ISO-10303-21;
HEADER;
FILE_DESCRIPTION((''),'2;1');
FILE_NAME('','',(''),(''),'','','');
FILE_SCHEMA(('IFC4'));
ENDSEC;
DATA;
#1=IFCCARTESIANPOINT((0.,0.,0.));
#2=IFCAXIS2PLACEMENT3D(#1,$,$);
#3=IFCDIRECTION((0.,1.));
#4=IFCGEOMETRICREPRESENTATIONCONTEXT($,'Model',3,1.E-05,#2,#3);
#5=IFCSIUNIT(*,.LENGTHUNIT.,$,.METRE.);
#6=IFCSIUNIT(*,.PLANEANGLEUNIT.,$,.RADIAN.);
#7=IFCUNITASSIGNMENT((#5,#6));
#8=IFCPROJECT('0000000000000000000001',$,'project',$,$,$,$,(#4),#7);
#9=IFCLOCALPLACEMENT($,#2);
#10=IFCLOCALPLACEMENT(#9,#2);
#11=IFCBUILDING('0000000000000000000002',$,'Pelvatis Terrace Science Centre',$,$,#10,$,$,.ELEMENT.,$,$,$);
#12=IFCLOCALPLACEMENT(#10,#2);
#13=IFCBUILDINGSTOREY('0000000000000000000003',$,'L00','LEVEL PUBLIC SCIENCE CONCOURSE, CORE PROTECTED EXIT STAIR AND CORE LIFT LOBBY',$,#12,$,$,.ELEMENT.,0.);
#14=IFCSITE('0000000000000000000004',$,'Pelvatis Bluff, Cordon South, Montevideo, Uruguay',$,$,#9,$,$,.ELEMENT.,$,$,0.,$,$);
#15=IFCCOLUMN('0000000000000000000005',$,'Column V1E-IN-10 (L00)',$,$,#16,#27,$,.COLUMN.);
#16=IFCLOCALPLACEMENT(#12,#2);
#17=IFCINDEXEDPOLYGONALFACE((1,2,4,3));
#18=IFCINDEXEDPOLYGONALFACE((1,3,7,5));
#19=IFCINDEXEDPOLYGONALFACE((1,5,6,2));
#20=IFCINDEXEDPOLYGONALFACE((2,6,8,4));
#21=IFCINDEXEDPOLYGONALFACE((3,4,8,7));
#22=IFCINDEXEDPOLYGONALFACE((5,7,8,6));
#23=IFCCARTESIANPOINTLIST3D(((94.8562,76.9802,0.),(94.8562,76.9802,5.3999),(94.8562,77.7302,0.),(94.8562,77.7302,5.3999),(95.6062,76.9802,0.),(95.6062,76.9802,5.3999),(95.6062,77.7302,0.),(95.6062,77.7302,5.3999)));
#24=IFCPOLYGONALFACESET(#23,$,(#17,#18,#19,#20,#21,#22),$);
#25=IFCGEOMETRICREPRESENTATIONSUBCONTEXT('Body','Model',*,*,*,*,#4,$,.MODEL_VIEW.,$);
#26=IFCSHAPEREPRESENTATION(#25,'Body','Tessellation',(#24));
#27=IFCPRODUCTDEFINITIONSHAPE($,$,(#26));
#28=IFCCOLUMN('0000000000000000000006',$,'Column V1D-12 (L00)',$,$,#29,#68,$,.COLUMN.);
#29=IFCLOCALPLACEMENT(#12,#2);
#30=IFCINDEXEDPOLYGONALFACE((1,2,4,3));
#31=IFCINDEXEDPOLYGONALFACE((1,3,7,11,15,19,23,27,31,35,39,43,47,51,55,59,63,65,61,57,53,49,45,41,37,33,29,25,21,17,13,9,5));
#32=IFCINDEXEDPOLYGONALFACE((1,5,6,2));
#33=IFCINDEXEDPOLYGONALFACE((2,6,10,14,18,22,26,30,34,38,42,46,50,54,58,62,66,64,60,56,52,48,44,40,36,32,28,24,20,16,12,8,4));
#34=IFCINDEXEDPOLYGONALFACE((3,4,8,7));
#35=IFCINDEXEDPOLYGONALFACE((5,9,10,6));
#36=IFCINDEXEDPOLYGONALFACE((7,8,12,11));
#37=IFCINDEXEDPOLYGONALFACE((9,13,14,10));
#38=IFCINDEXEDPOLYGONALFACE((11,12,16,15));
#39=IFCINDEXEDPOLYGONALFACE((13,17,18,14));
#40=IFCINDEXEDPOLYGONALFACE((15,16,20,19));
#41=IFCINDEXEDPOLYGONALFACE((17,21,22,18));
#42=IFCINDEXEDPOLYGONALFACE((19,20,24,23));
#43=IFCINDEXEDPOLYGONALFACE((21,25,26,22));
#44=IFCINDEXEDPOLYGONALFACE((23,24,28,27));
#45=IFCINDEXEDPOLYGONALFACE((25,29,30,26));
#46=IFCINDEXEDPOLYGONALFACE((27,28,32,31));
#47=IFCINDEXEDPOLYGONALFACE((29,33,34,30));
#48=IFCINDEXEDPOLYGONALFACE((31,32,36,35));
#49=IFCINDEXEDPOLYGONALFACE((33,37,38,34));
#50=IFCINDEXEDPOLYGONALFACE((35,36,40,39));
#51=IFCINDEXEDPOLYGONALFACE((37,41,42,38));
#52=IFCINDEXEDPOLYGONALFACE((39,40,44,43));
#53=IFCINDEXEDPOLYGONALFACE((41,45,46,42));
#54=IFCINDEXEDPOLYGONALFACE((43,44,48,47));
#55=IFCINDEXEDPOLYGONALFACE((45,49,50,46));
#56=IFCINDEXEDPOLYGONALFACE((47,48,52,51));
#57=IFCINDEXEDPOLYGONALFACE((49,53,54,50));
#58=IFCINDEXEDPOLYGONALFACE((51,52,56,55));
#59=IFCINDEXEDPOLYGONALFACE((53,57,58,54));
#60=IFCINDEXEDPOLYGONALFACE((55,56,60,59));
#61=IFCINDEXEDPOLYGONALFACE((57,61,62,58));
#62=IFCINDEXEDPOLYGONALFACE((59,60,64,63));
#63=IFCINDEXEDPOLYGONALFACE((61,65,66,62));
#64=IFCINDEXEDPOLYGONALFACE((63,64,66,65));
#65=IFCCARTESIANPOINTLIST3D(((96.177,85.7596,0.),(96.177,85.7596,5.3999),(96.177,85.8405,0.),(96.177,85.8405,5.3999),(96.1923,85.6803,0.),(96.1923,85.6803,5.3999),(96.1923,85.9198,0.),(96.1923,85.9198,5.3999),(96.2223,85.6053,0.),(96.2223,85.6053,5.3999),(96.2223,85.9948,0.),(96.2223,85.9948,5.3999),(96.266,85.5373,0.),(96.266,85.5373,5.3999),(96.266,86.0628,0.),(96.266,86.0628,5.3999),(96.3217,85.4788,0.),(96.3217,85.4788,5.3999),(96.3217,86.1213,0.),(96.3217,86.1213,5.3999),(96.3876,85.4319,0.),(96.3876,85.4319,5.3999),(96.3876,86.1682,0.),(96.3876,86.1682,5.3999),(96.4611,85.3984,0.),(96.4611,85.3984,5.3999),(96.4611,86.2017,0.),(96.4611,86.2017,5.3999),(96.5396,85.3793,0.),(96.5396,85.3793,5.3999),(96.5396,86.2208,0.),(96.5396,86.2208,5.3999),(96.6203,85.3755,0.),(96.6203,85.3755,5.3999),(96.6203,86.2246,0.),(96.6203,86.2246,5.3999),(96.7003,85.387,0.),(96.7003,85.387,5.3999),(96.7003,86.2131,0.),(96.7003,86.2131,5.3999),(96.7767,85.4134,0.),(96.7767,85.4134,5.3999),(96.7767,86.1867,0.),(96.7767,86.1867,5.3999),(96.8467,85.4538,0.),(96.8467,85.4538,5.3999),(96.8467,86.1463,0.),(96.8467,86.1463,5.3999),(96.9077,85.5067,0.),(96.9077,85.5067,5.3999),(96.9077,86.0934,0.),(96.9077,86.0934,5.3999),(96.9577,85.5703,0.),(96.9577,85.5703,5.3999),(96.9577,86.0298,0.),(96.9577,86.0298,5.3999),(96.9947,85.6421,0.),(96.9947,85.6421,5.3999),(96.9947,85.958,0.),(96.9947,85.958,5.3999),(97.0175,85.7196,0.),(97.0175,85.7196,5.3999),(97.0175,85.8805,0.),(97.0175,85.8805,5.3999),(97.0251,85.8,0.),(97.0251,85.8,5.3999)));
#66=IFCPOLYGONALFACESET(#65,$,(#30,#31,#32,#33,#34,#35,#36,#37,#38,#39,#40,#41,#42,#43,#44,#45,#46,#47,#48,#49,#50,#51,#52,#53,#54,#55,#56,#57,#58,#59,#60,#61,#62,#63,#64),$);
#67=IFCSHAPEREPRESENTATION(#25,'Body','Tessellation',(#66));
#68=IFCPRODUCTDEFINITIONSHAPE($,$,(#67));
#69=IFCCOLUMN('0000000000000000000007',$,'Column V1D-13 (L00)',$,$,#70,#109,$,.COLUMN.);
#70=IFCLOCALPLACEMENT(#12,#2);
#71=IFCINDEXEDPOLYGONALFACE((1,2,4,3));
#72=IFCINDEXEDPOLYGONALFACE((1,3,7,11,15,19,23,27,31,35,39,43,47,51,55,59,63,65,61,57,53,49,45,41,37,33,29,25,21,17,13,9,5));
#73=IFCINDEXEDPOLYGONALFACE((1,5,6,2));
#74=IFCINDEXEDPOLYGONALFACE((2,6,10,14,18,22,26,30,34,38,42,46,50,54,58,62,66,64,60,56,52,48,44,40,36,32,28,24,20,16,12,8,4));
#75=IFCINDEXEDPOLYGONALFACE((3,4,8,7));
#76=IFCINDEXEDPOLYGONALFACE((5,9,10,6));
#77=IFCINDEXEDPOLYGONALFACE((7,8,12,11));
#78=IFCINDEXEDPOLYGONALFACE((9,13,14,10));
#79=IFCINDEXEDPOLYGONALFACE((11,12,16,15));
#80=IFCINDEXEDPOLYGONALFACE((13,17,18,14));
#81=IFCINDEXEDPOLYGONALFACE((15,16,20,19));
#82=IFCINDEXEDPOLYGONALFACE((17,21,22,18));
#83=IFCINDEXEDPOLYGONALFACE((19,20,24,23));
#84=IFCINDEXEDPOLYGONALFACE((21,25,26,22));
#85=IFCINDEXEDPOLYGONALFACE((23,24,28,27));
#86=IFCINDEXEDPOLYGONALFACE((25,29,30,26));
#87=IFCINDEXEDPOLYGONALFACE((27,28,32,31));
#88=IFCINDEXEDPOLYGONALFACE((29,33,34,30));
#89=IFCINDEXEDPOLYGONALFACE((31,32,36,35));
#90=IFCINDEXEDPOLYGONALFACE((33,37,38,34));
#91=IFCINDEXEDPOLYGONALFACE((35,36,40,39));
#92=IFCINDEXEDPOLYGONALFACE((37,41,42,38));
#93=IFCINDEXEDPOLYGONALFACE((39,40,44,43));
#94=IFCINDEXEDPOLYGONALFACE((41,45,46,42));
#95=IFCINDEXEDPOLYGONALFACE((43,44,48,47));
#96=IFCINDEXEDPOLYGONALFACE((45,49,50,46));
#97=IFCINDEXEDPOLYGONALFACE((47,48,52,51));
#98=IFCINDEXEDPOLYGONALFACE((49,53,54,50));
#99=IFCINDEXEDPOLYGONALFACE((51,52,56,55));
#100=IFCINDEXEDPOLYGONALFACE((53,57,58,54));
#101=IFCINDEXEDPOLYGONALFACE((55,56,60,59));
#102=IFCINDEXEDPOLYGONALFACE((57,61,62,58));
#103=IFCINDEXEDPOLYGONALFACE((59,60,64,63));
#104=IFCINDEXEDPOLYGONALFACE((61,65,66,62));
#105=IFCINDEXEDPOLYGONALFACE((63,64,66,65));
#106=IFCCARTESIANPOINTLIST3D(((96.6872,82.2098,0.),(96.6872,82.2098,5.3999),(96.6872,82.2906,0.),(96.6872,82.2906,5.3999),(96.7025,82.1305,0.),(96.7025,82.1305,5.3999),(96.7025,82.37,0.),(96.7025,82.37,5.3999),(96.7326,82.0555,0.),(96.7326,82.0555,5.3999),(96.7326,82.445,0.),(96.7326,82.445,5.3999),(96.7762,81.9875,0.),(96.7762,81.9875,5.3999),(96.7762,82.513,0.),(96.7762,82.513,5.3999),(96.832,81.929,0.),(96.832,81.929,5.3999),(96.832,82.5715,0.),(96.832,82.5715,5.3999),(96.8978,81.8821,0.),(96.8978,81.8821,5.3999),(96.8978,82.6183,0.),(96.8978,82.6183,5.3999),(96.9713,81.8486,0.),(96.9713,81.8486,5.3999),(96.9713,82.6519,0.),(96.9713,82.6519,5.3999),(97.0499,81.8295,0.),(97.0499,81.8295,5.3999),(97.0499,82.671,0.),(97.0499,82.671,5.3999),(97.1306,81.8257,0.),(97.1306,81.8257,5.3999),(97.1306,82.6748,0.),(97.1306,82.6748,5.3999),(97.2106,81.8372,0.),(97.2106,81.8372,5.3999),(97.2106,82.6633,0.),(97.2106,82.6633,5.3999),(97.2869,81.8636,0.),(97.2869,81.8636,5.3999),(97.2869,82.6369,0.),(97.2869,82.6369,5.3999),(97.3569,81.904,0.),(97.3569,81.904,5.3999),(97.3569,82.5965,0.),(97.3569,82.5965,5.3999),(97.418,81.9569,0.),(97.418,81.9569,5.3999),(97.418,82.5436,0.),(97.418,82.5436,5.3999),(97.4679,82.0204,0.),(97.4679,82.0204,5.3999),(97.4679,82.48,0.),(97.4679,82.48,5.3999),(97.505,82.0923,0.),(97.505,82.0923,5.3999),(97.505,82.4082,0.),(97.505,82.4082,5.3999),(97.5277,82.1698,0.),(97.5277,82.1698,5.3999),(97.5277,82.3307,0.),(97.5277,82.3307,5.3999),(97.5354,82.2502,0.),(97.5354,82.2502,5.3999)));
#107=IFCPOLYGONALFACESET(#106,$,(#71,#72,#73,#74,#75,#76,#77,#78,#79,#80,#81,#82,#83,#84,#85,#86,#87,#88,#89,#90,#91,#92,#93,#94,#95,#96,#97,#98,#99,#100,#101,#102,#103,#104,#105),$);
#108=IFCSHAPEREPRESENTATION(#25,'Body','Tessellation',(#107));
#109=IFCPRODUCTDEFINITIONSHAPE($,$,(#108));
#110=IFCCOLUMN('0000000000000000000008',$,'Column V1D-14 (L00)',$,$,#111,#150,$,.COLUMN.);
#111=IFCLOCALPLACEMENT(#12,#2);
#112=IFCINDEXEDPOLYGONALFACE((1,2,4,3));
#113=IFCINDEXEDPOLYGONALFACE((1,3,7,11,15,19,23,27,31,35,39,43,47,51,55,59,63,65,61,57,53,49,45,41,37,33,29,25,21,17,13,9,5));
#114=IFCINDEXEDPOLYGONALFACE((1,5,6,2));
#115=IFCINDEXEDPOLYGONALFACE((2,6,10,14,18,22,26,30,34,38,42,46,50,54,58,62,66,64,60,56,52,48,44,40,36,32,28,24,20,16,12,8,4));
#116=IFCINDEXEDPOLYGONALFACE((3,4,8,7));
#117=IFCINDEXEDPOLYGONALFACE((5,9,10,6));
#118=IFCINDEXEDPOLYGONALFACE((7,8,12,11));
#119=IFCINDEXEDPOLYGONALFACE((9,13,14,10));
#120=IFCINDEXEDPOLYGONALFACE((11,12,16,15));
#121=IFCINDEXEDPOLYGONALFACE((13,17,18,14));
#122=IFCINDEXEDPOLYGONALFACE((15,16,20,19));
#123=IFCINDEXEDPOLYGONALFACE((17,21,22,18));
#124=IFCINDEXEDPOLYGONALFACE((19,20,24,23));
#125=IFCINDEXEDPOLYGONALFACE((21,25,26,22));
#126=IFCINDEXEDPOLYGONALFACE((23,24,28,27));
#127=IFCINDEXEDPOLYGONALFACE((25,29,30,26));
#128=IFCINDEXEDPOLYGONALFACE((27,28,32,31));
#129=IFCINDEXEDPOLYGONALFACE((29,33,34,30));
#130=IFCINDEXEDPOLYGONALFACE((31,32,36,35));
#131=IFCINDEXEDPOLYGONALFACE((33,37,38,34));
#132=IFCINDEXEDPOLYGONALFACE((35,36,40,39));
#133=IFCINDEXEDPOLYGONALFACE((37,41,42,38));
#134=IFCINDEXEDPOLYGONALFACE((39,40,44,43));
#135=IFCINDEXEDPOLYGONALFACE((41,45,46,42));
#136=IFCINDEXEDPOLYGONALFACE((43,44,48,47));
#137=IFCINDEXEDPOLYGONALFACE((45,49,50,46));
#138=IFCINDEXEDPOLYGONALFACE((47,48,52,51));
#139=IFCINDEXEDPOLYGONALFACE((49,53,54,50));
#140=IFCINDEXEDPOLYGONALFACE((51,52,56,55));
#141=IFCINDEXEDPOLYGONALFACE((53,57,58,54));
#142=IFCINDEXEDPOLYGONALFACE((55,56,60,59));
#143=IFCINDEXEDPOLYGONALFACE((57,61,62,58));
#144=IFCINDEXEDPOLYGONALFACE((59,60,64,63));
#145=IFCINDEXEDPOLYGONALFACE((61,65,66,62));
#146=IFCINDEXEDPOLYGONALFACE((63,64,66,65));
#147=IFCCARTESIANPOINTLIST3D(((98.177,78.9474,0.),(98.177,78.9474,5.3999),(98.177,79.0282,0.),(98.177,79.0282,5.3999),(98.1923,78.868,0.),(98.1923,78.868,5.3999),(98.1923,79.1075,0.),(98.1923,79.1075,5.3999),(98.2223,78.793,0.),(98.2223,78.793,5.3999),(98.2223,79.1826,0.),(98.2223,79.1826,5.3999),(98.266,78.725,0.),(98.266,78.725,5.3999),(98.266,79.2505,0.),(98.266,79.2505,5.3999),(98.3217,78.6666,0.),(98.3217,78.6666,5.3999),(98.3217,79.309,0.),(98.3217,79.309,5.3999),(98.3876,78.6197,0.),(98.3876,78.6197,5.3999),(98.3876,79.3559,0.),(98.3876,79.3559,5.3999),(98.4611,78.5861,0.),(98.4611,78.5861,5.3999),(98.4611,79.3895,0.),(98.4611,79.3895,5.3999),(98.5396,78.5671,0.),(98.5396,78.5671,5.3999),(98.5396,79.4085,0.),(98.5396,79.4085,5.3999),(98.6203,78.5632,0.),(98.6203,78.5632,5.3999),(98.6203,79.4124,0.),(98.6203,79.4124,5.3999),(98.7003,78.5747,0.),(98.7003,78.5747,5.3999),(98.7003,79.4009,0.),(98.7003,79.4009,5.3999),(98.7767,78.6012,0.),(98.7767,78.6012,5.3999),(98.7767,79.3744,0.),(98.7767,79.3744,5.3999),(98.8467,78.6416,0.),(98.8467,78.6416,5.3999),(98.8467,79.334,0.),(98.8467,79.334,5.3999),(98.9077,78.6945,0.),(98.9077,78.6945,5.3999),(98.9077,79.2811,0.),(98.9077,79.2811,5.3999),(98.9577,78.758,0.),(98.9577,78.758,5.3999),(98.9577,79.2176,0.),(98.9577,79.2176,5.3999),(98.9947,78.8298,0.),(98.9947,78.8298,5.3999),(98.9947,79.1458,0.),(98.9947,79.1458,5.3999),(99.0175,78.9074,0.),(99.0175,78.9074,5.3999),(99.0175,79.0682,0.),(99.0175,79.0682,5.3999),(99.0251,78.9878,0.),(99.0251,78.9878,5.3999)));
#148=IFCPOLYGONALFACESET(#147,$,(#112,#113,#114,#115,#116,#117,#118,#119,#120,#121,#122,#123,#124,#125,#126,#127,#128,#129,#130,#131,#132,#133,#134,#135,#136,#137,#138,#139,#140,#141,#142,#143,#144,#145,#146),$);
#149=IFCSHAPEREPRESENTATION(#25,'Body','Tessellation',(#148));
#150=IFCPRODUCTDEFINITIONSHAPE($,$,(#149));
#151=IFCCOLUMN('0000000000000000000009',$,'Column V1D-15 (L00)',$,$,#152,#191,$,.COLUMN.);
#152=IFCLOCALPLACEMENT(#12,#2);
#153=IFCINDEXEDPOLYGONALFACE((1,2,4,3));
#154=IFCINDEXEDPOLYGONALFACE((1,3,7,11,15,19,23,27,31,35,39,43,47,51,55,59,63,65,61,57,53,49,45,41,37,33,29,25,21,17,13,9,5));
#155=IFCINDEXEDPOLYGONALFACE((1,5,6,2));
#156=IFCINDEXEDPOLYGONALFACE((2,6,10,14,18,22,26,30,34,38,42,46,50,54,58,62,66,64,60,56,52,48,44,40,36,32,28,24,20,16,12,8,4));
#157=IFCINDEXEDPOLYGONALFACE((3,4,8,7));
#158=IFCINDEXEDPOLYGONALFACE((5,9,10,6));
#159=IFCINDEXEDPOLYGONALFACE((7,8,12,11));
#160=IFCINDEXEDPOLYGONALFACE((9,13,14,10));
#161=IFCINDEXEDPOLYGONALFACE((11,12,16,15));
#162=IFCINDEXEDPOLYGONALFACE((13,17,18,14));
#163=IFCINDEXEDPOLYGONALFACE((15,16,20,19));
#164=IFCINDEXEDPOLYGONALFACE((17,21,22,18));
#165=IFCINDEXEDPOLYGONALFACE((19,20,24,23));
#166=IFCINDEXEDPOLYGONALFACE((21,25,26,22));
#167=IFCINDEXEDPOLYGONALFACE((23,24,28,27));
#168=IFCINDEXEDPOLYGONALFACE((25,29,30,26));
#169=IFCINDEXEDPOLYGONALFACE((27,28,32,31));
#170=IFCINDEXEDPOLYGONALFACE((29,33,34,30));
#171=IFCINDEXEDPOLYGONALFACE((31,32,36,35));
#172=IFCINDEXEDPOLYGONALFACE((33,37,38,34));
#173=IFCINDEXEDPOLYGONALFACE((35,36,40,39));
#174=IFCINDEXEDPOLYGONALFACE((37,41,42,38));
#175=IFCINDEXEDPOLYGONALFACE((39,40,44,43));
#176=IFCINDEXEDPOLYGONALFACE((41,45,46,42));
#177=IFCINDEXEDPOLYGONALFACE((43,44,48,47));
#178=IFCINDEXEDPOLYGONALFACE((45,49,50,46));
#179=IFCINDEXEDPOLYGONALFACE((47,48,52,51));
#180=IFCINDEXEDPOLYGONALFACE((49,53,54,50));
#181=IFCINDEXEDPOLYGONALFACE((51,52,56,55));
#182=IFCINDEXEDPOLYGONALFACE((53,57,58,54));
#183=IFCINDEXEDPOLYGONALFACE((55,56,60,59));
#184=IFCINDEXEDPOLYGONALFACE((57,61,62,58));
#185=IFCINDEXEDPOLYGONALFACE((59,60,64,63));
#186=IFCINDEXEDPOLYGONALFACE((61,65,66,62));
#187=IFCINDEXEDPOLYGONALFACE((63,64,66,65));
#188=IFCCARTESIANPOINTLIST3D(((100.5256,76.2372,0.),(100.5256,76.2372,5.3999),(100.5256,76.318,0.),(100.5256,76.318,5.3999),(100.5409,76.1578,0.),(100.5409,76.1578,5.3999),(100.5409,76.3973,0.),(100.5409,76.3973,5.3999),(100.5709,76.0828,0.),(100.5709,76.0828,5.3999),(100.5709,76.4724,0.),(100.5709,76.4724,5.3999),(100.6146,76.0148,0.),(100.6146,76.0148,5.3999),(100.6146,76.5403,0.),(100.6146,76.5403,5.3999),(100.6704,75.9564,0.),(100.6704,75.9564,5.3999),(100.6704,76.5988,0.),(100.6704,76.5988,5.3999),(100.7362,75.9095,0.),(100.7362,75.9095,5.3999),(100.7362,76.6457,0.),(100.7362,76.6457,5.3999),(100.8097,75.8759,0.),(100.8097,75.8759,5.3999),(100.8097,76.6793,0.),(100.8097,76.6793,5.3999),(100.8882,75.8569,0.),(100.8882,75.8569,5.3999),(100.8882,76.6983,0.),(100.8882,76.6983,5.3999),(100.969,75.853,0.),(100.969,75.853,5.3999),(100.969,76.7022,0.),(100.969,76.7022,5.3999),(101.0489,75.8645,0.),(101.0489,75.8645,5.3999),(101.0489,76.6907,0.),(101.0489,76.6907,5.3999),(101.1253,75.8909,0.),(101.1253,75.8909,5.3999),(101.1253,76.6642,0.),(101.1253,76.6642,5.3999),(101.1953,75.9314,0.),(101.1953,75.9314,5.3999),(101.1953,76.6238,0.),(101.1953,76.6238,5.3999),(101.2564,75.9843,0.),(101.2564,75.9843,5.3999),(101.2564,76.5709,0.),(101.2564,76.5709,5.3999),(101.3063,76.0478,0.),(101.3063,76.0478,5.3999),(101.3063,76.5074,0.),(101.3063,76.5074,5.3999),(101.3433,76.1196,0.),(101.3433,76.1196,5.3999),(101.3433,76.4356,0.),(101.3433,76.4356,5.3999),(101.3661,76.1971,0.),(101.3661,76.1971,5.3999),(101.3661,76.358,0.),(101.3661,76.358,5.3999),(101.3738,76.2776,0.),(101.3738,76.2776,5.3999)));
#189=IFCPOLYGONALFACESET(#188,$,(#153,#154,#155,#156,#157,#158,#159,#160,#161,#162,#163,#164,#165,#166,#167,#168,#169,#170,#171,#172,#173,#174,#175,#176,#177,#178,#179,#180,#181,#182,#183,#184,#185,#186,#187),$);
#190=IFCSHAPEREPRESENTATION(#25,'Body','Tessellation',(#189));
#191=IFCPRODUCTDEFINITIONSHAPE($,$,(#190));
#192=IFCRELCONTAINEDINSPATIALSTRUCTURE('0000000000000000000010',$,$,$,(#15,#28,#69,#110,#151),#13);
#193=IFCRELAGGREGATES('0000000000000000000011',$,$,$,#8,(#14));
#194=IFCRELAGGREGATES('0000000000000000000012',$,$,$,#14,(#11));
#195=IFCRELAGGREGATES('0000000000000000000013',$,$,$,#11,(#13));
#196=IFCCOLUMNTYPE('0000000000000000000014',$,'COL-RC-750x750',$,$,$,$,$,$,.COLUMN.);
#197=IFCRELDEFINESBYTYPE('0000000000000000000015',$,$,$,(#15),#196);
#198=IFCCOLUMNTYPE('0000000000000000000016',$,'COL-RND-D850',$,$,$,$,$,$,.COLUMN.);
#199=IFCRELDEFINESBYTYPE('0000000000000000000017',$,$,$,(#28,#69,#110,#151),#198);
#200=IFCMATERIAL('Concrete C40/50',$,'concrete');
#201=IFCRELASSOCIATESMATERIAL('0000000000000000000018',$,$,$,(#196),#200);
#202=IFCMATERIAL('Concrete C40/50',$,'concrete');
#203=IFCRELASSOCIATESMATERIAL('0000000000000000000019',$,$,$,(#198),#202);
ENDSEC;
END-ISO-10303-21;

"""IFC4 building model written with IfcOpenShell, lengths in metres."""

from ifc_helpers import new_model, si_unit, direction, frame, origin, origin_2d, place, context, subcontext, project, spatial, rectangle, circle, extrude, material, material_profile, profile_set, type_object, element, save


model = new_model("IFC4")

# Units and contexts
model_context = context("Model", 3, precision=1e-05, world=origin(), true_north=direction((0.0, 1.0)))
body_context = subcontext(model_context, "Body", "Model", "MODEL_VIEW")
ifc_project = project(units=[si_unit("LENGTHUNIT", "METRE"), si_unit("PLANEANGLEUNIT", "RADIAN")], contexts=[model_context])

# Site, building, storey
site_placement = place(None, origin())
site = spatial("IfcSite", under=ifc_project, at=site_placement, Name="Pelvatis Bluff, Cordon South, Montevideo, Uruguay", CompositionType="ELEMENT", RefElevation=0.0)
building_placement = place(site_placement, origin())
building = spatial("IfcBuilding", under=site, at=building_placement, Name="Pelvatis Terrace Science Centre", CompositionType="ELEMENT")
storey_placement = place(building_placement, origin())
storey = spatial("IfcBuildingStorey", under=building, at=storey_placement, Name="L00", Description="LEVEL PUBLIC SCIENCE CONCOURSE, CORE PROTECTED EXIT STAIR AND CORE LIFT LOBBY", CompositionType="ELEMENT", Elevation=0.0)

# Columns
ifc_material_1 = material(Name="Concrete C40/50", Category="concrete")
ifc_material_profile_1 = material_profile(ifc_material_1, rectangle(XDim=0.75, YDim=0.75, at=origin_2d()), Name="RC-COL 750x750")
ifc_profile_set_1 = profile_set([ifc_material_profile_1], Name="Concrete C40/50")
column_type_1 = type_object("IfcColumnType", Name="COL-RC-750x750", PredefinedType="COLUMN", material=ifc_profile_set_1)
column_placement = place(storey_placement, frame((95.2312, 77.3552, 0.0), z_axis=(0.0, 0.0, 1.0), x_axis=(1.0, 0.0, 0.0)))
element("IfcColumn", 1, at=column_placement, inside=storey, type_object=column_type_1, Name="Column V1E-IN-10 (L00)", PredefinedType="COLUMN", context=body_context, shape_type="SweptSolid", body=[
    extrude(rectangle(XDim=0.75, YDim=0.75, at=origin_2d()), origin(), (0.0, 0.0, 1.0), 5.3999),
])
ifc_material_2 = material(Name="Concrete C40/50", Category="concrete")
ifc_material_profile_2 = material_profile(ifc_material_2, circle(Radius=0.425, at=origin_2d()), Name="RC-RCOL D850")
ifc_profile_set_2 = profile_set([ifc_material_profile_2], Name="Concrete C40/50")
column_type_2 = type_object("IfcColumnType", Name="COL-RND-D850", PredefinedType="COLUMN", material=ifc_profile_set_2)
for number, where, z_axis, x_axis, name in (
    (2, (96.6001, 85.8, 0.0), (0.0, 0.0, 1.0), (1.0, 0.0, 0.0), "Column V1D-12 (L00)"),
    (3, (97.1104, 82.2502, 0.0), (0.0, 0.0, 1.0), (1.0, 0.0, 0.0), "Column V1D-13 (L00)"),
    (4, (98.6001, 78.9878, 0.0), (0.0, 0.0, 1.0), (1.0, 0.0, 0.0), "Column V1D-14 (L00)"),
    (5, (100.9487, 76.2776, 0.0), (0.0, 0.0, 1.0), (1.0, 0.0, 0.0), "Column V1D-15 (L00)"),
):
    element("IfcColumn", number, at=place(storey_placement, frame(where, z_axis=z_axis, x_axis=x_axis)), inside=storey, type_object=column_type_2, Name=name, PredefinedType="COLUMN", context=body_context, shape_type="SweptSolid", body=[
        extrude(circle(Radius=0.425, at=origin_2d()), origin(), (0.0, 0.0, 1.0), 5.3999),
    ])

save(model, "model.ifc")
